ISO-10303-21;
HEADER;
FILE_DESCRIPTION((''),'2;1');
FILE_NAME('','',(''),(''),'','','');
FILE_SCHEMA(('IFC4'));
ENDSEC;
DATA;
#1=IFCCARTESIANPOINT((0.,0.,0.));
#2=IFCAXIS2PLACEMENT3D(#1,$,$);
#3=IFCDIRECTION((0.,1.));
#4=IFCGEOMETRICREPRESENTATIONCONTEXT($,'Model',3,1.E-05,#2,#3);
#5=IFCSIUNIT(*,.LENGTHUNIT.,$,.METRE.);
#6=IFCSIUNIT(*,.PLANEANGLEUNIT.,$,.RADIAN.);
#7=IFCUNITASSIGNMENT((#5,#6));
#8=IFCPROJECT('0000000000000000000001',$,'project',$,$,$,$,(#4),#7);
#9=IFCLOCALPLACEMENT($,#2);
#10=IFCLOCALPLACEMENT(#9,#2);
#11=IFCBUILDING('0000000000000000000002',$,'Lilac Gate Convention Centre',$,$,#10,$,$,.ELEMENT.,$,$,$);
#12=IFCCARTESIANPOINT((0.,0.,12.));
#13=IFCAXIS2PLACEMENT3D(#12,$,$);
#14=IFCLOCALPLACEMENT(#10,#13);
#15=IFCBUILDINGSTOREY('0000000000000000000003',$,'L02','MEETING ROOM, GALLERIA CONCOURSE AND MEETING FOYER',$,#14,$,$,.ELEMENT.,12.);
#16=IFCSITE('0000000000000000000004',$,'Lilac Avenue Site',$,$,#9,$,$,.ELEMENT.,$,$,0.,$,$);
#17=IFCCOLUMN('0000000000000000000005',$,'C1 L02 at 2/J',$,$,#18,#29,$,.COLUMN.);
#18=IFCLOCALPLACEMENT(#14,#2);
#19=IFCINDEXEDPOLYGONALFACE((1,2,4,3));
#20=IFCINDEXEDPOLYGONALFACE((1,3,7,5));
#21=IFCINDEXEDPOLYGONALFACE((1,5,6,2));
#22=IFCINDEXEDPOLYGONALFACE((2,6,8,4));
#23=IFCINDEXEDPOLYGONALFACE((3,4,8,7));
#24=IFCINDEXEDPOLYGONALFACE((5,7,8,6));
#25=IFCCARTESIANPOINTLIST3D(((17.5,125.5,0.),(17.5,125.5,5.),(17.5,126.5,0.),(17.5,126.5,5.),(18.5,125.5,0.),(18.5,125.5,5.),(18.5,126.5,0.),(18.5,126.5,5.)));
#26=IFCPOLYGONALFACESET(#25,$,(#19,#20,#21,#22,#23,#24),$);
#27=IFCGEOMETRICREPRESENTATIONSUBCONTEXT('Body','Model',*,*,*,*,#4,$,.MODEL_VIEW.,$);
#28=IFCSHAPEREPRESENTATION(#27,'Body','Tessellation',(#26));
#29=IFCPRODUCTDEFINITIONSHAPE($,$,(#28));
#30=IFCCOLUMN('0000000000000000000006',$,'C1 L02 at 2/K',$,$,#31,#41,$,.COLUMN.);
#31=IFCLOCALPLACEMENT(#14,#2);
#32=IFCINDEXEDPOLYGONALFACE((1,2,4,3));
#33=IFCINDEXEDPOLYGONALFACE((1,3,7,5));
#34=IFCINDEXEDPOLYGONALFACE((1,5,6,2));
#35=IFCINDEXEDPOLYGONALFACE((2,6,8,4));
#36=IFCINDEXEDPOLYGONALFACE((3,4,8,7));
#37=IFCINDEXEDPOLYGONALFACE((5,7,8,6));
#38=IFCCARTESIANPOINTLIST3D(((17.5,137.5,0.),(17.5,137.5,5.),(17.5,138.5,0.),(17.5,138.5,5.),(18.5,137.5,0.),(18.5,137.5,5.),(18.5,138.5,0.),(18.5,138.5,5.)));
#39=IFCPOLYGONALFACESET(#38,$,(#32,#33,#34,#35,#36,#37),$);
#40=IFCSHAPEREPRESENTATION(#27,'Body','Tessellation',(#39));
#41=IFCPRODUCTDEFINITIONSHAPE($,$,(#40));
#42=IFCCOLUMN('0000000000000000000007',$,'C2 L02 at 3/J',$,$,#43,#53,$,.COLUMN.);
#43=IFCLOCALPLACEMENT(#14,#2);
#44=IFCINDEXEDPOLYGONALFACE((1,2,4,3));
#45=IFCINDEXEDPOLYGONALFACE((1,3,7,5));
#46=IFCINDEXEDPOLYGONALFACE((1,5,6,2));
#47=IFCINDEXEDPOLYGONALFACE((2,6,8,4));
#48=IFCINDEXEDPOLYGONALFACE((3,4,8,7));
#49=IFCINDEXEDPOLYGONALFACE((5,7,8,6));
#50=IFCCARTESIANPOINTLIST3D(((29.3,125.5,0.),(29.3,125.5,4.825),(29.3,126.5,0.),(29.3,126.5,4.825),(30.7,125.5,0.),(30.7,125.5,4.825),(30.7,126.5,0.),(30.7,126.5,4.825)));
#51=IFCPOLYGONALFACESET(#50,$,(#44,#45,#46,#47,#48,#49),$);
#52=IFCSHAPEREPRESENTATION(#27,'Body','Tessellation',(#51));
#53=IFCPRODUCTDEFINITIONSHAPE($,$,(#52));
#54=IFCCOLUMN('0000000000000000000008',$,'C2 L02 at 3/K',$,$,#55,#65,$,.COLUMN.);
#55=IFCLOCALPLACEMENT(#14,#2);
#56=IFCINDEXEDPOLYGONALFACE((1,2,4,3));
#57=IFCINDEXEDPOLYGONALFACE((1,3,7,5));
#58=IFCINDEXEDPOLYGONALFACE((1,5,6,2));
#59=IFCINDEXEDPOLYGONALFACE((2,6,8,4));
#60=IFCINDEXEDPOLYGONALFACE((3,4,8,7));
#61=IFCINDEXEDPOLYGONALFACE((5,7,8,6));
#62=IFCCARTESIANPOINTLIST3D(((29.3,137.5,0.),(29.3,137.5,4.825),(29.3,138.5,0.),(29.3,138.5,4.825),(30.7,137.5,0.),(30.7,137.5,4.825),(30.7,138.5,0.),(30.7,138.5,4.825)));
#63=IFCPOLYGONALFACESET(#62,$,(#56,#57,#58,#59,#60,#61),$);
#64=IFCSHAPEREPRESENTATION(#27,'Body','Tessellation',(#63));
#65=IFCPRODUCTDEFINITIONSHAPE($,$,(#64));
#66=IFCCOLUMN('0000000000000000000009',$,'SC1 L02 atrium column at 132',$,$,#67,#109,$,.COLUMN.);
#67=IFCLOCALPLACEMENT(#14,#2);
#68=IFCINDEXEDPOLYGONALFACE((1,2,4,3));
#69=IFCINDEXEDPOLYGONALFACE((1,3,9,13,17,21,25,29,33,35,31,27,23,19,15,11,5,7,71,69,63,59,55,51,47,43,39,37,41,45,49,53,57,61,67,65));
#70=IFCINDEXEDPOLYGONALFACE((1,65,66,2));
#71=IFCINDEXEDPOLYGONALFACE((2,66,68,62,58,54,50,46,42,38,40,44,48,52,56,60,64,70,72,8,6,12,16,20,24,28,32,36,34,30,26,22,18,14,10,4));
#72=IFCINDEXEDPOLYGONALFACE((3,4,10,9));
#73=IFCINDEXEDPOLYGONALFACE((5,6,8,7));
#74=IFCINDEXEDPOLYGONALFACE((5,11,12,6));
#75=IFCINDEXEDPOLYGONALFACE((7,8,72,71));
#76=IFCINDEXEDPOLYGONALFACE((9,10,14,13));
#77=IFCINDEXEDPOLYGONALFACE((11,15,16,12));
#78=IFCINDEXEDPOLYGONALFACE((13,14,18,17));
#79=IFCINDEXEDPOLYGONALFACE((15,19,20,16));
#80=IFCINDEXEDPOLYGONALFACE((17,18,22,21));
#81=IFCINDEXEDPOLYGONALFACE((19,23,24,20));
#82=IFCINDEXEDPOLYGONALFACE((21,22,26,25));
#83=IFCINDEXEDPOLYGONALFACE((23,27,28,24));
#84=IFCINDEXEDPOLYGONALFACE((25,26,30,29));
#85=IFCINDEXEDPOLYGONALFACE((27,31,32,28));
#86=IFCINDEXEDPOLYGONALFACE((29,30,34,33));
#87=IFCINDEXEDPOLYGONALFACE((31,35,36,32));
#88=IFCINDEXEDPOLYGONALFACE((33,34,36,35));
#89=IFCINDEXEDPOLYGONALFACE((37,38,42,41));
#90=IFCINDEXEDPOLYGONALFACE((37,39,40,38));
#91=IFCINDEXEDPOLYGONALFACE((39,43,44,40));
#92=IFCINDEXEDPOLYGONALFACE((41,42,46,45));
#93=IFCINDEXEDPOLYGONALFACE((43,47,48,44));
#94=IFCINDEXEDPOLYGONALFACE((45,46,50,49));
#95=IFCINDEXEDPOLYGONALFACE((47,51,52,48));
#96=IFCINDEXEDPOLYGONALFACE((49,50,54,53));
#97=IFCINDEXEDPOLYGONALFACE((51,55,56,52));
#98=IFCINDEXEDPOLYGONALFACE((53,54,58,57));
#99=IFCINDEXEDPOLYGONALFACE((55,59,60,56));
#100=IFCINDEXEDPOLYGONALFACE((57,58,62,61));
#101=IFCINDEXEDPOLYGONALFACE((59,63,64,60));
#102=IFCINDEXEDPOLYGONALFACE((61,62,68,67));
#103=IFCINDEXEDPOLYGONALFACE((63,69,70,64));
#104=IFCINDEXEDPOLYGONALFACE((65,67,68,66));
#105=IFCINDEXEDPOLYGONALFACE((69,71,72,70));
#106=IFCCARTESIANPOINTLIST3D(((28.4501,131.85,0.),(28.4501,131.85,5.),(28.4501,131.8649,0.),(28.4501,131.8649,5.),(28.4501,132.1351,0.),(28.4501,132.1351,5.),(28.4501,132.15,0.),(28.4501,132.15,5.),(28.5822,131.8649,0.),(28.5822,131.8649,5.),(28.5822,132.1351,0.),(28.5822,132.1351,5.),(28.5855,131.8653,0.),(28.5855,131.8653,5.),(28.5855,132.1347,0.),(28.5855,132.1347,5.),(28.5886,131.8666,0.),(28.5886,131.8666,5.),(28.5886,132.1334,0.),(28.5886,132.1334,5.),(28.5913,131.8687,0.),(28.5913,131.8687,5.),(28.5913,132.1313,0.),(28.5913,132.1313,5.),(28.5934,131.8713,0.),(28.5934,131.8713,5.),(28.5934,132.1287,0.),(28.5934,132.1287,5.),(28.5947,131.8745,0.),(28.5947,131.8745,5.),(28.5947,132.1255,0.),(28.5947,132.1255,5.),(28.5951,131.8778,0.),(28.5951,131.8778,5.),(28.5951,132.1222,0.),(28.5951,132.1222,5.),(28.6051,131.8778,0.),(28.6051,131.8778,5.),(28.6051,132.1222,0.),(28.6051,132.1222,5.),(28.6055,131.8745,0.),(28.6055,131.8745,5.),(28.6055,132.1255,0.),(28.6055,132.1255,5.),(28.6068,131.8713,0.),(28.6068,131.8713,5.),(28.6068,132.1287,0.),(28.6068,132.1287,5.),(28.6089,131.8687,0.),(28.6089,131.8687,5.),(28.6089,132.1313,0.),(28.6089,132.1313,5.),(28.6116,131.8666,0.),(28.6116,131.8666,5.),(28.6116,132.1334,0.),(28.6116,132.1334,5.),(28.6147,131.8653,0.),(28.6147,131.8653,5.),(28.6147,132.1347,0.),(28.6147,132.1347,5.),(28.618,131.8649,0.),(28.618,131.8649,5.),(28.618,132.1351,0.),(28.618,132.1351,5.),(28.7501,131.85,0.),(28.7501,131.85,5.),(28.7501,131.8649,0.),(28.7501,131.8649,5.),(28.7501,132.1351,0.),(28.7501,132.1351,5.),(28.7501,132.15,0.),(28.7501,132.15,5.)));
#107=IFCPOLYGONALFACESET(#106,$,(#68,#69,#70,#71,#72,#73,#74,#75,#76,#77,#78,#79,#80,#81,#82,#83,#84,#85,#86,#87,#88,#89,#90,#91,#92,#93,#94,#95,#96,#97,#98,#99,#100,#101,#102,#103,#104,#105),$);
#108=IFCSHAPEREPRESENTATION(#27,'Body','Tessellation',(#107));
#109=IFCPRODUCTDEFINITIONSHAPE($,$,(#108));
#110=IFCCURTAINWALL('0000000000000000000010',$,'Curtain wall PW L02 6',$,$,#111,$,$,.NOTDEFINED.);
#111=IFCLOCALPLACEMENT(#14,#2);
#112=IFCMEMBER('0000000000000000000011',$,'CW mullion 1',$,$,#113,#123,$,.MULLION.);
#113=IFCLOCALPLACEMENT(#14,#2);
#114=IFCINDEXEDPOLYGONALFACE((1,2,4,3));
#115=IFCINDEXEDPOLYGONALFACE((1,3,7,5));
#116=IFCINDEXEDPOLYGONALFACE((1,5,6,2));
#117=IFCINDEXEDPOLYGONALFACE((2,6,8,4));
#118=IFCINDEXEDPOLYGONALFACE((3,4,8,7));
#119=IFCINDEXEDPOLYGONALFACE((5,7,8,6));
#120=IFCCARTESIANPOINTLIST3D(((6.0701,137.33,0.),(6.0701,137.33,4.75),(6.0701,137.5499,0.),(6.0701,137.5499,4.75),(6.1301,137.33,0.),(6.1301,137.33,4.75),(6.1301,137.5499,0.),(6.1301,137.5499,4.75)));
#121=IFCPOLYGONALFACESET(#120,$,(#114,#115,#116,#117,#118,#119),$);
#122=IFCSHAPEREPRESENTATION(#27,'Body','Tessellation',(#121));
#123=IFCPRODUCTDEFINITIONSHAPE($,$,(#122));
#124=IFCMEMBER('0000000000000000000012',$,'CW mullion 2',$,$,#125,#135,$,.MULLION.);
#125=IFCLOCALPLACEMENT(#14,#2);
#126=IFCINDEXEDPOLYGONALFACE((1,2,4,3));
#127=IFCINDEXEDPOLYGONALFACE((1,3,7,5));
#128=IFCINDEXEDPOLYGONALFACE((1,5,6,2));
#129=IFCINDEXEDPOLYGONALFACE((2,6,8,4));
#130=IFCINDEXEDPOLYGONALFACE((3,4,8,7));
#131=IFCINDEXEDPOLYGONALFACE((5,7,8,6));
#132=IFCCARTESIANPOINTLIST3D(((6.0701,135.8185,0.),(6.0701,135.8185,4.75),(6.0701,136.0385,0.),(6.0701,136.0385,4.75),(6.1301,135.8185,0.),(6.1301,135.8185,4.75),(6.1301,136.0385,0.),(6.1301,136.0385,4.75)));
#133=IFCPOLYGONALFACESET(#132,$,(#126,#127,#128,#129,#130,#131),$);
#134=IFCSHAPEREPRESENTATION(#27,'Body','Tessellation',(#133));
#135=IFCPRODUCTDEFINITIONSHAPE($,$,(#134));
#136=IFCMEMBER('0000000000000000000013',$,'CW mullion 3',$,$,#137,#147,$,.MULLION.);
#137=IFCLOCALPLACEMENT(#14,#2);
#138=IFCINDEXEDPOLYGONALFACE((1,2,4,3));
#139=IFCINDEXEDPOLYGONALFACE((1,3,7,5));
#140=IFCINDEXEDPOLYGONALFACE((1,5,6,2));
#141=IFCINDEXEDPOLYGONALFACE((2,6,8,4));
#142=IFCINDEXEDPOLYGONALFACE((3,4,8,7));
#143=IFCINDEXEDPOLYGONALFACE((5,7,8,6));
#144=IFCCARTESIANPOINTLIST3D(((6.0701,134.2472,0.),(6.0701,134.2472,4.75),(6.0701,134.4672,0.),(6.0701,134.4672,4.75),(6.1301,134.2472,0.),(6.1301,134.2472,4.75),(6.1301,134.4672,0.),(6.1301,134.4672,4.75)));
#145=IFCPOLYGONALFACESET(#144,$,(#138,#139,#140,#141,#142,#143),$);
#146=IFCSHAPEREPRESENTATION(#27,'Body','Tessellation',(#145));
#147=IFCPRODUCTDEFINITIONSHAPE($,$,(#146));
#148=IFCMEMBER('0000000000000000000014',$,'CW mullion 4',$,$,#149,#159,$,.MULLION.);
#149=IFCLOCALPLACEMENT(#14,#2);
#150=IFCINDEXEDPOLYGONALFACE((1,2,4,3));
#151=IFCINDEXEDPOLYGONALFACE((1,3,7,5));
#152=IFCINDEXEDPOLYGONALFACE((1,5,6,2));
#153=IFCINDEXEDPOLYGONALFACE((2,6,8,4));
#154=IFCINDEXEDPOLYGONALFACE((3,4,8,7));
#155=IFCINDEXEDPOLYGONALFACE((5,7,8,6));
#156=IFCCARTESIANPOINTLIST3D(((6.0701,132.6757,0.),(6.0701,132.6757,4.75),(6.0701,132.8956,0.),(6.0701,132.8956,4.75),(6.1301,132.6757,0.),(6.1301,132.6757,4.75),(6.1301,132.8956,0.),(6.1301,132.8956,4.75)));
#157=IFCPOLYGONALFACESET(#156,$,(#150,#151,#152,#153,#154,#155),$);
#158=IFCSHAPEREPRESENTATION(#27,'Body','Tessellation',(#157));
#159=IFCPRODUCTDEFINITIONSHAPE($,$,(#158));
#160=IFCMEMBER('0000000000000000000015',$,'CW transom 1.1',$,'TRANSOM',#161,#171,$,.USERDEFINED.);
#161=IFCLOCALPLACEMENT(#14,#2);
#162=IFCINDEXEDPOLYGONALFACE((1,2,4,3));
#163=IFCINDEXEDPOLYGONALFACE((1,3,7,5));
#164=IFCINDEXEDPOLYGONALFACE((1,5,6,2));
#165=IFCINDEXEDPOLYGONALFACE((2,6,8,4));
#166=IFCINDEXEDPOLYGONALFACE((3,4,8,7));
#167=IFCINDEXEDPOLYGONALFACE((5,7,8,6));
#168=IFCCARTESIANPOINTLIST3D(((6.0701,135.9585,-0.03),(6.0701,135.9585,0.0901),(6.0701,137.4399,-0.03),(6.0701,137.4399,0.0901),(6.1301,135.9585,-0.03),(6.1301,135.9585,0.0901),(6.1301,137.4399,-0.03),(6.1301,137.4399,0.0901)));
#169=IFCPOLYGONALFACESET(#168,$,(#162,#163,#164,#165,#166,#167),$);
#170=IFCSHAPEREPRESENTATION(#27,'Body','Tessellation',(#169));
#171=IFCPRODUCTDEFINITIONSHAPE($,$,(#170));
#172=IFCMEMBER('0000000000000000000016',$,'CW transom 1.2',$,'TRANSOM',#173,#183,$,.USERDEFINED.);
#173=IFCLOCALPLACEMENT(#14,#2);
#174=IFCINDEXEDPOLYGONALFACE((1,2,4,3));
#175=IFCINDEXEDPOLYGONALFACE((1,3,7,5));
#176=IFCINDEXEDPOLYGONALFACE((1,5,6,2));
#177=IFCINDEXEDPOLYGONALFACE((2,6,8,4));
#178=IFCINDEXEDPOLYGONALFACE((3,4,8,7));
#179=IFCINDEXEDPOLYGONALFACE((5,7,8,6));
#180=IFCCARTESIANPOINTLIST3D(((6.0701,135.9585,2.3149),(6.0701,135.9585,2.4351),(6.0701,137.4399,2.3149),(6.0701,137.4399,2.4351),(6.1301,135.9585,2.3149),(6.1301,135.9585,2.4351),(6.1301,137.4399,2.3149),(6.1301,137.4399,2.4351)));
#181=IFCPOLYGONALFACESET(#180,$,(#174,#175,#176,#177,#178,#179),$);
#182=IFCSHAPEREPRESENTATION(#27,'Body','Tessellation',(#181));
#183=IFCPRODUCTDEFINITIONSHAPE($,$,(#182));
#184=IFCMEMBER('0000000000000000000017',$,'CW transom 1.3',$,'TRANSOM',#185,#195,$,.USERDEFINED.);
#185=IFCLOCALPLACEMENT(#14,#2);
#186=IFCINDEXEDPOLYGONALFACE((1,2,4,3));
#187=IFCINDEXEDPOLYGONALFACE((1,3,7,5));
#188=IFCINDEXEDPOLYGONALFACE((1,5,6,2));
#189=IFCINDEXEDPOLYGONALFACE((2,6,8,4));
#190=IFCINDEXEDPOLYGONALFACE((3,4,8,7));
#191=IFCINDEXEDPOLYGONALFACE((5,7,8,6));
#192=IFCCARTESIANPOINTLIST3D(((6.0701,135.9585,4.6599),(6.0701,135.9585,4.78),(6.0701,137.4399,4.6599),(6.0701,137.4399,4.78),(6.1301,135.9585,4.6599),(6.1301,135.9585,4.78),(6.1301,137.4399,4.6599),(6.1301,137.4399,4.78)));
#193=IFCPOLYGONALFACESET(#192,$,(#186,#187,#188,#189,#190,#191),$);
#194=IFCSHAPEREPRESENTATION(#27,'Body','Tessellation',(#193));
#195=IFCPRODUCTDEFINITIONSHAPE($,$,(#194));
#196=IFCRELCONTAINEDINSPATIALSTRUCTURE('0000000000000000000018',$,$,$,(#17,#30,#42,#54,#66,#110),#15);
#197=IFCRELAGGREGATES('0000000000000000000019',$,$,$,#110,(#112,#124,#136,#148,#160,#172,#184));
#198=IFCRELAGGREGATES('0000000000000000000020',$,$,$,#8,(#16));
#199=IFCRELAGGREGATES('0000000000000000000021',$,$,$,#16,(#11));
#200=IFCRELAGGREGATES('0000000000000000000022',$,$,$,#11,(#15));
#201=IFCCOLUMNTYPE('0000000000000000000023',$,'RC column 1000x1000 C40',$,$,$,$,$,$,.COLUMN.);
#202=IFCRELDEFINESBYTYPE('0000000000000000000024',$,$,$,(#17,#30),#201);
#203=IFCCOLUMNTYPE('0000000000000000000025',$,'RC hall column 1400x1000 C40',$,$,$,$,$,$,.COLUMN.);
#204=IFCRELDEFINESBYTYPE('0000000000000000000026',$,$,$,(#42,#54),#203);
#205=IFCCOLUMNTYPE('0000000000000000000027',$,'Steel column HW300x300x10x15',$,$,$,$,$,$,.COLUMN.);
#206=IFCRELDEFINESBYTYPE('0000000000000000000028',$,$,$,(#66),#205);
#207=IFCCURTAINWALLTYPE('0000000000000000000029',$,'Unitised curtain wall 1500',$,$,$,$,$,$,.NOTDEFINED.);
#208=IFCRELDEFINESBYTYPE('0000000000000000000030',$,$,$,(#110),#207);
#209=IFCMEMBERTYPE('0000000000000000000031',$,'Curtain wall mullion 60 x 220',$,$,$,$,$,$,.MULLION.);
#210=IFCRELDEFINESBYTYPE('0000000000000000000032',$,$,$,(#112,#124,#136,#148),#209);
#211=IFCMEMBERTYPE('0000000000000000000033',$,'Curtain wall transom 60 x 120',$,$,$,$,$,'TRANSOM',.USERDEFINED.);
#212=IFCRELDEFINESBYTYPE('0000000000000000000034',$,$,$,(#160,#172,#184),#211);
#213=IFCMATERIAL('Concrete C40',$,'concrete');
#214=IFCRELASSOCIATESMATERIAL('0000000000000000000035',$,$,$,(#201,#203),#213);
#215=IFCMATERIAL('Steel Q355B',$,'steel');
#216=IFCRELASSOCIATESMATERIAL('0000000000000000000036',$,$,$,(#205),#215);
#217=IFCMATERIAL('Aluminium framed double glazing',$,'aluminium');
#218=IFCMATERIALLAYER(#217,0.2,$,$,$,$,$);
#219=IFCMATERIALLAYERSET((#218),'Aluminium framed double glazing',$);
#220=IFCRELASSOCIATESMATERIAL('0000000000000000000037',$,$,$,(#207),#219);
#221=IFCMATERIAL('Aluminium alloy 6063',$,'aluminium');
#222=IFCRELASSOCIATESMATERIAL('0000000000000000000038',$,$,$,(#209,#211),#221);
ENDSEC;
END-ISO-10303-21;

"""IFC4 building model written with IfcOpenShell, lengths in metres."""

from ifc_helpers import new_model, si_unit, direction, frame, origin, origin_2d, place, context, subcontext, project, spatial, rectangle, i_section, extrude, material, layer, layer_set, material_profile, profile_set, type_object, element, aggregate, save


model = new_model("IFC4")

# Units and contexts
model_context = context("Model", 3, precision=1e-05, world=origin(), true_north=direction((0.0, 1.0)))
body_context = subcontext(model_context, "Body", "Model", "MODEL_VIEW")
ifc_project = project(units=[si_unit("LENGTHUNIT", "METRE"), si_unit("PLANEANGLEUNIT", "RADIAN")], contexts=[model_context])

# Site, building, storey
site_placement = place(None, origin())
site = spatial("IfcSite", under=ifc_project, at=site_placement, Name="Lilac Avenue Site", CompositionType="ELEMENT", RefElevation=0.0)
building_placement = place(site_placement, origin())
building = spatial("IfcBuilding", under=site, at=building_placement, Name="Lilac Gate Convention Centre", CompositionType="ELEMENT")
storey_placement = place(building_placement, frame((0.0, 0.0, 12.0)))
storey = spatial("IfcBuildingStorey", under=building, at=storey_placement, Name="L02", Description="MEETING ROOM, GALLERIA CONCOURSE AND MEETING FOYER", CompositionType="ELEMENT", Elevation=12.0)

# Columns
ifc_material_1 = material(Name="Concrete C40", Category="concrete")
ifc_material_profile_1 = material_profile(ifc_material_1, rectangle(XDim=1.0, YDim=1.0, at=origin_2d()), Name="RC 1000x1000")
ifc_profile_set_1 = profile_set([ifc_material_profile_1], Name="Concrete C40")
column_type_1 = type_object("IfcColumnType", Name="RC column 1000x1000 C40", PredefinedType="COLUMN", material=ifc_profile_set_1)
for number, where, z_axis, x_axis, name in (
    (1, (18.0, 126.0, 0.0), (0.0, 0.0, 1.0), (1.0, 0.0, 0.0), "C1 L02 at 2/J"),
    (2, (18.0, 138.0, 0.0), (0.0, 0.0, 1.0), (1.0, 0.0, 0.0), "C1 L02 at 2/K"),
):
    element("IfcColumn", number, at=place(storey_placement, frame(where, z_axis=z_axis, x_axis=x_axis)), inside=storey, type_object=column_type_1, Name=name, PredefinedType="COLUMN", context=body_context, shape_type="SweptSolid", body=[
        extrude(rectangle(XDim=1.0, YDim=1.0, at=origin_2d()), origin(), (0.0, 0.0, 1.0), 5.0),
    ])
ifc_material_profile_2 = material_profile(ifc_material_1, rectangle(XDim=1.3999, YDim=1.0, at=origin_2d()), Name="RC 1400x1000")
ifc_profile_set_2 = profile_set([ifc_material_profile_2], Name="Concrete C40")
column_type_2 = type_object("IfcColumnType", Name="RC hall column 1400x1000 C40", PredefinedType="COLUMN", material=ifc_profile_set_2)
for number, where, z_axis, x_axis, name in (
    (3, (30.0, 126.0, 0.0), (0.0, 0.0, 1.0), (1.0, 0.0, 0.0), "C2 L02 at 3/J"),
    (4, (30.0, 138.0, 0.0), (0.0, 0.0, 1.0), (1.0, 0.0, 0.0), "C2 L02 at 3/K"),
):
    element("IfcColumn", number, at=place(storey_placement, frame(where, z_axis=z_axis, x_axis=x_axis)), inside=storey, type_object=column_type_2, Name=name, PredefinedType="COLUMN", context=body_context, shape_type="SweptSolid", body=[
        extrude(rectangle(XDim=1.3999, YDim=1.0, at=origin_2d()), origin(), (0.0, 0.0, 1.0), 4.825),
    ])
ifc_material_2 = material(Name="Steel Q355B", Category="steel")
ifc_material_profile_3 = material_profile(ifc_material_2, i_section(OverallWidth=0.3, OverallDepth=0.3, WebThickness=0.01, FlangeThickness=0.0149, FilletRadius=0.0129, at=origin_2d()), Name="HW300x300x10x15")
ifc_profile_set_3 = profile_set([ifc_material_profile_3], Name="Steel Q355B")
column_type_3 = type_object("IfcColumnType", Name="Steel column HW300x300x10x15", PredefinedType="COLUMN", material=ifc_profile_set_3)
column_placement = place(storey_placement, frame((28.6001, 132.0, 0.0), z_axis=(0.0, 0.0, 1.0), x_axis=(1.0, 0.0, 0.0)))
element("IfcColumn", 5, at=column_placement, inside=storey, type_object=column_type_3, Name="SC1 L02 atrium column at 132", PredefinedType="COLUMN", context=body_context, shape_type="SweptSolid", body=[
    extrude(i_section(OverallWidth=0.3, OverallDepth=0.3, WebThickness=0.01, FlangeThickness=0.0149, FilletRadius=0.0129, at=origin_2d()), origin(), (0.0, 0.0, 1.0), 5.0),
])

# Curtain wall, members
ifc_material_3 = material(Name="Aluminium framed double glazing", Category="aluminium")
ifc_layer_1 = layer(ifc_material_3, 0.2)
ifc_layer_set_1 = layer_set([ifc_layer_1], Name="Aluminium framed double glazing")
curtain_wall_type = type_object("IfcCurtainWallType", Name="Unitised curtain wall 1500", PredefinedType="NOTDEFINED", material=ifc_layer_set_1)
curtain_wall_placement = place(storey_placement, origin())
curtain_wall = element("IfcCurtainWall", 6, at=curtain_wall_placement, inside=storey, type_object=curtain_wall_type, Name="Curtain wall PW L02 6", PredefinedType="NOTDEFINED")
ifc_material_4 = material(Name="Aluminium alloy 6063", Category="aluminium")
ifc_material_profile_4 = material_profile(ifc_material_4, rectangle(XDim=0.0601, YDim=0.22, at=origin_2d()), Name="Curtain wall mullion 60 x 220")
ifc_profile_set_4 = profile_set([ifc_material_profile_4], Name="Aluminium alloy 6063")
member_type_1 = type_object("IfcMemberType", Name="Curtain wall mullion 60 x 220", PredefinedType="MULLION", material=ifc_profile_set_4)
member_1_placement = place(storey_placement, frame((6.1001, 137.4399, 0.0), z_axis=(0.0, 0.0, 1.0), x_axis=(1.0, 0.0, 0.0)))
member_1 = element("IfcMember", 7, at=member_1_placement, type_object=member_type_1, Name="CW mullion 1", PredefinedType="MULLION", context=body_context, shape_type="SweptSolid", body=[
    extrude(rectangle(XDim=0.0601, YDim=0.22, at=origin_2d()), origin(), (0.0, 0.0, 1.0), 4.75),
])
member_2_placement = place(storey_placement, frame((6.1001, 135.9285, 0.0), z_axis=(0.0, 0.0, 1.0), x_axis=(1.0, 0.0, 0.0)))
member_2 = element("IfcMember", 8, at=member_2_placement, type_object=member_type_1, Name="CW mullion 2", PredefinedType="MULLION", context=body_context, shape_type="SweptSolid", body=[
    extrude(rectangle(XDim=0.0601, YDim=0.22, at=origin_2d()), origin(), (0.0, 0.0, 1.0), 4.75),
])
member_3_placement = place(storey_placement, frame((6.1001, 134.3572, 0.0), z_axis=(0.0, 0.0, 1.0), x_axis=(1.0, 0.0, 0.0)))
member_3 = element("IfcMember", 9, at=member_3_placement, type_object=member_type_1, Name="CW mullion 3", PredefinedType="MULLION", context=body_context, shape_type="SweptSolid", body=[
    extrude(rectangle(XDim=0.0601, YDim=0.22, at=origin_2d()), origin(), (0.0, 0.0, 1.0), 4.75),
])
member_4_placement = place(storey_placement, frame((6.1001, 132.7856, 0.0), z_axis=(0.0, 0.0, 1.0), x_axis=(1.0, 0.0, 0.0)))
member_4 = element("IfcMember", 10, at=member_4_placement, type_object=member_type_1, Name="CW mullion 4", PredefinedType="MULLION", context=body_context, shape_type="SweptSolid", body=[
    extrude(rectangle(XDim=0.0601, YDim=0.22, at=origin_2d()), origin(), (0.0, 0.0, 1.0), 4.75),
])
ifc_material_profile_5 = material_profile(ifc_material_4, rectangle(XDim=0.0601, YDim=0.1201, at=origin_2d()), Name="Curtain wall transom 60 x 120")
ifc_profile_set_5 = profile_set([ifc_material_profile_5], Name="Aluminium alloy 6063")
member_type_2 = type_object("IfcMemberType", Name="Curtain wall transom 60 x 120", ElementType="TRANSOM", PredefinedType="USERDEFINED", material=ifc_profile_set_5)
member_5_placement = place(storey_placement, frame((6.1001, 137.4399, 0.03), z_axis=(0.0, -1.0, 0.0), x_axis=(1.0, 0.0, 0.0)))
member_5 = element("IfcMember", 11, at=member_5_placement, type_object=member_type_2, Name="CW transom 1.1", ObjectType="TRANSOM", PredefinedType="USERDEFINED", context=body_context, shape_type="SweptSolid", body=[
    extrude(rectangle(XDim=0.0601, YDim=0.1201, at=origin_2d()), origin(), (0.0, 0.0, 1.0), 1.4814),
])
member_6_placement = place(storey_placement, frame((6.1001, 137.4399, 2.375), z_axis=(0.0, -1.0, 0.0), x_axis=(1.0, 0.0, 0.0)))
member_6 = element("IfcMember", 12, at=member_6_placement, type_object=member_type_2, Name="CW transom 1.2", ObjectType="TRANSOM", PredefinedType="USERDEFINED", context=body_context, shape_type="SweptSolid", body=[
    extrude(rectangle(XDim=0.0601, YDim=0.1201, at=origin_2d()), origin(), (0.0, 0.0, 1.0), 1.4814),
])
member_7_placement = place(storey_placement, frame((6.1001, 137.4399, 4.72), z_axis=(0.0, -1.0, 0.0), x_axis=(1.0, 0.0, 0.0)))
member_7 = element("IfcMember", 13, at=member_7_placement, type_object=member_type_2, Name="CW transom 1.3", ObjectType="TRANSOM", PredefinedType="USERDEFINED", context=body_context, shape_type="SweptSolid", body=[
    extrude(rectangle(XDim=0.0601, YDim=0.1201, at=origin_2d()), origin(), (0.0, 0.0, 1.0), 1.4814),
])

aggregate(curtain_wall, [member_1, member_2, member_3, member_4, member_5, member_6, member_7])

save(model, "model.ifc")
